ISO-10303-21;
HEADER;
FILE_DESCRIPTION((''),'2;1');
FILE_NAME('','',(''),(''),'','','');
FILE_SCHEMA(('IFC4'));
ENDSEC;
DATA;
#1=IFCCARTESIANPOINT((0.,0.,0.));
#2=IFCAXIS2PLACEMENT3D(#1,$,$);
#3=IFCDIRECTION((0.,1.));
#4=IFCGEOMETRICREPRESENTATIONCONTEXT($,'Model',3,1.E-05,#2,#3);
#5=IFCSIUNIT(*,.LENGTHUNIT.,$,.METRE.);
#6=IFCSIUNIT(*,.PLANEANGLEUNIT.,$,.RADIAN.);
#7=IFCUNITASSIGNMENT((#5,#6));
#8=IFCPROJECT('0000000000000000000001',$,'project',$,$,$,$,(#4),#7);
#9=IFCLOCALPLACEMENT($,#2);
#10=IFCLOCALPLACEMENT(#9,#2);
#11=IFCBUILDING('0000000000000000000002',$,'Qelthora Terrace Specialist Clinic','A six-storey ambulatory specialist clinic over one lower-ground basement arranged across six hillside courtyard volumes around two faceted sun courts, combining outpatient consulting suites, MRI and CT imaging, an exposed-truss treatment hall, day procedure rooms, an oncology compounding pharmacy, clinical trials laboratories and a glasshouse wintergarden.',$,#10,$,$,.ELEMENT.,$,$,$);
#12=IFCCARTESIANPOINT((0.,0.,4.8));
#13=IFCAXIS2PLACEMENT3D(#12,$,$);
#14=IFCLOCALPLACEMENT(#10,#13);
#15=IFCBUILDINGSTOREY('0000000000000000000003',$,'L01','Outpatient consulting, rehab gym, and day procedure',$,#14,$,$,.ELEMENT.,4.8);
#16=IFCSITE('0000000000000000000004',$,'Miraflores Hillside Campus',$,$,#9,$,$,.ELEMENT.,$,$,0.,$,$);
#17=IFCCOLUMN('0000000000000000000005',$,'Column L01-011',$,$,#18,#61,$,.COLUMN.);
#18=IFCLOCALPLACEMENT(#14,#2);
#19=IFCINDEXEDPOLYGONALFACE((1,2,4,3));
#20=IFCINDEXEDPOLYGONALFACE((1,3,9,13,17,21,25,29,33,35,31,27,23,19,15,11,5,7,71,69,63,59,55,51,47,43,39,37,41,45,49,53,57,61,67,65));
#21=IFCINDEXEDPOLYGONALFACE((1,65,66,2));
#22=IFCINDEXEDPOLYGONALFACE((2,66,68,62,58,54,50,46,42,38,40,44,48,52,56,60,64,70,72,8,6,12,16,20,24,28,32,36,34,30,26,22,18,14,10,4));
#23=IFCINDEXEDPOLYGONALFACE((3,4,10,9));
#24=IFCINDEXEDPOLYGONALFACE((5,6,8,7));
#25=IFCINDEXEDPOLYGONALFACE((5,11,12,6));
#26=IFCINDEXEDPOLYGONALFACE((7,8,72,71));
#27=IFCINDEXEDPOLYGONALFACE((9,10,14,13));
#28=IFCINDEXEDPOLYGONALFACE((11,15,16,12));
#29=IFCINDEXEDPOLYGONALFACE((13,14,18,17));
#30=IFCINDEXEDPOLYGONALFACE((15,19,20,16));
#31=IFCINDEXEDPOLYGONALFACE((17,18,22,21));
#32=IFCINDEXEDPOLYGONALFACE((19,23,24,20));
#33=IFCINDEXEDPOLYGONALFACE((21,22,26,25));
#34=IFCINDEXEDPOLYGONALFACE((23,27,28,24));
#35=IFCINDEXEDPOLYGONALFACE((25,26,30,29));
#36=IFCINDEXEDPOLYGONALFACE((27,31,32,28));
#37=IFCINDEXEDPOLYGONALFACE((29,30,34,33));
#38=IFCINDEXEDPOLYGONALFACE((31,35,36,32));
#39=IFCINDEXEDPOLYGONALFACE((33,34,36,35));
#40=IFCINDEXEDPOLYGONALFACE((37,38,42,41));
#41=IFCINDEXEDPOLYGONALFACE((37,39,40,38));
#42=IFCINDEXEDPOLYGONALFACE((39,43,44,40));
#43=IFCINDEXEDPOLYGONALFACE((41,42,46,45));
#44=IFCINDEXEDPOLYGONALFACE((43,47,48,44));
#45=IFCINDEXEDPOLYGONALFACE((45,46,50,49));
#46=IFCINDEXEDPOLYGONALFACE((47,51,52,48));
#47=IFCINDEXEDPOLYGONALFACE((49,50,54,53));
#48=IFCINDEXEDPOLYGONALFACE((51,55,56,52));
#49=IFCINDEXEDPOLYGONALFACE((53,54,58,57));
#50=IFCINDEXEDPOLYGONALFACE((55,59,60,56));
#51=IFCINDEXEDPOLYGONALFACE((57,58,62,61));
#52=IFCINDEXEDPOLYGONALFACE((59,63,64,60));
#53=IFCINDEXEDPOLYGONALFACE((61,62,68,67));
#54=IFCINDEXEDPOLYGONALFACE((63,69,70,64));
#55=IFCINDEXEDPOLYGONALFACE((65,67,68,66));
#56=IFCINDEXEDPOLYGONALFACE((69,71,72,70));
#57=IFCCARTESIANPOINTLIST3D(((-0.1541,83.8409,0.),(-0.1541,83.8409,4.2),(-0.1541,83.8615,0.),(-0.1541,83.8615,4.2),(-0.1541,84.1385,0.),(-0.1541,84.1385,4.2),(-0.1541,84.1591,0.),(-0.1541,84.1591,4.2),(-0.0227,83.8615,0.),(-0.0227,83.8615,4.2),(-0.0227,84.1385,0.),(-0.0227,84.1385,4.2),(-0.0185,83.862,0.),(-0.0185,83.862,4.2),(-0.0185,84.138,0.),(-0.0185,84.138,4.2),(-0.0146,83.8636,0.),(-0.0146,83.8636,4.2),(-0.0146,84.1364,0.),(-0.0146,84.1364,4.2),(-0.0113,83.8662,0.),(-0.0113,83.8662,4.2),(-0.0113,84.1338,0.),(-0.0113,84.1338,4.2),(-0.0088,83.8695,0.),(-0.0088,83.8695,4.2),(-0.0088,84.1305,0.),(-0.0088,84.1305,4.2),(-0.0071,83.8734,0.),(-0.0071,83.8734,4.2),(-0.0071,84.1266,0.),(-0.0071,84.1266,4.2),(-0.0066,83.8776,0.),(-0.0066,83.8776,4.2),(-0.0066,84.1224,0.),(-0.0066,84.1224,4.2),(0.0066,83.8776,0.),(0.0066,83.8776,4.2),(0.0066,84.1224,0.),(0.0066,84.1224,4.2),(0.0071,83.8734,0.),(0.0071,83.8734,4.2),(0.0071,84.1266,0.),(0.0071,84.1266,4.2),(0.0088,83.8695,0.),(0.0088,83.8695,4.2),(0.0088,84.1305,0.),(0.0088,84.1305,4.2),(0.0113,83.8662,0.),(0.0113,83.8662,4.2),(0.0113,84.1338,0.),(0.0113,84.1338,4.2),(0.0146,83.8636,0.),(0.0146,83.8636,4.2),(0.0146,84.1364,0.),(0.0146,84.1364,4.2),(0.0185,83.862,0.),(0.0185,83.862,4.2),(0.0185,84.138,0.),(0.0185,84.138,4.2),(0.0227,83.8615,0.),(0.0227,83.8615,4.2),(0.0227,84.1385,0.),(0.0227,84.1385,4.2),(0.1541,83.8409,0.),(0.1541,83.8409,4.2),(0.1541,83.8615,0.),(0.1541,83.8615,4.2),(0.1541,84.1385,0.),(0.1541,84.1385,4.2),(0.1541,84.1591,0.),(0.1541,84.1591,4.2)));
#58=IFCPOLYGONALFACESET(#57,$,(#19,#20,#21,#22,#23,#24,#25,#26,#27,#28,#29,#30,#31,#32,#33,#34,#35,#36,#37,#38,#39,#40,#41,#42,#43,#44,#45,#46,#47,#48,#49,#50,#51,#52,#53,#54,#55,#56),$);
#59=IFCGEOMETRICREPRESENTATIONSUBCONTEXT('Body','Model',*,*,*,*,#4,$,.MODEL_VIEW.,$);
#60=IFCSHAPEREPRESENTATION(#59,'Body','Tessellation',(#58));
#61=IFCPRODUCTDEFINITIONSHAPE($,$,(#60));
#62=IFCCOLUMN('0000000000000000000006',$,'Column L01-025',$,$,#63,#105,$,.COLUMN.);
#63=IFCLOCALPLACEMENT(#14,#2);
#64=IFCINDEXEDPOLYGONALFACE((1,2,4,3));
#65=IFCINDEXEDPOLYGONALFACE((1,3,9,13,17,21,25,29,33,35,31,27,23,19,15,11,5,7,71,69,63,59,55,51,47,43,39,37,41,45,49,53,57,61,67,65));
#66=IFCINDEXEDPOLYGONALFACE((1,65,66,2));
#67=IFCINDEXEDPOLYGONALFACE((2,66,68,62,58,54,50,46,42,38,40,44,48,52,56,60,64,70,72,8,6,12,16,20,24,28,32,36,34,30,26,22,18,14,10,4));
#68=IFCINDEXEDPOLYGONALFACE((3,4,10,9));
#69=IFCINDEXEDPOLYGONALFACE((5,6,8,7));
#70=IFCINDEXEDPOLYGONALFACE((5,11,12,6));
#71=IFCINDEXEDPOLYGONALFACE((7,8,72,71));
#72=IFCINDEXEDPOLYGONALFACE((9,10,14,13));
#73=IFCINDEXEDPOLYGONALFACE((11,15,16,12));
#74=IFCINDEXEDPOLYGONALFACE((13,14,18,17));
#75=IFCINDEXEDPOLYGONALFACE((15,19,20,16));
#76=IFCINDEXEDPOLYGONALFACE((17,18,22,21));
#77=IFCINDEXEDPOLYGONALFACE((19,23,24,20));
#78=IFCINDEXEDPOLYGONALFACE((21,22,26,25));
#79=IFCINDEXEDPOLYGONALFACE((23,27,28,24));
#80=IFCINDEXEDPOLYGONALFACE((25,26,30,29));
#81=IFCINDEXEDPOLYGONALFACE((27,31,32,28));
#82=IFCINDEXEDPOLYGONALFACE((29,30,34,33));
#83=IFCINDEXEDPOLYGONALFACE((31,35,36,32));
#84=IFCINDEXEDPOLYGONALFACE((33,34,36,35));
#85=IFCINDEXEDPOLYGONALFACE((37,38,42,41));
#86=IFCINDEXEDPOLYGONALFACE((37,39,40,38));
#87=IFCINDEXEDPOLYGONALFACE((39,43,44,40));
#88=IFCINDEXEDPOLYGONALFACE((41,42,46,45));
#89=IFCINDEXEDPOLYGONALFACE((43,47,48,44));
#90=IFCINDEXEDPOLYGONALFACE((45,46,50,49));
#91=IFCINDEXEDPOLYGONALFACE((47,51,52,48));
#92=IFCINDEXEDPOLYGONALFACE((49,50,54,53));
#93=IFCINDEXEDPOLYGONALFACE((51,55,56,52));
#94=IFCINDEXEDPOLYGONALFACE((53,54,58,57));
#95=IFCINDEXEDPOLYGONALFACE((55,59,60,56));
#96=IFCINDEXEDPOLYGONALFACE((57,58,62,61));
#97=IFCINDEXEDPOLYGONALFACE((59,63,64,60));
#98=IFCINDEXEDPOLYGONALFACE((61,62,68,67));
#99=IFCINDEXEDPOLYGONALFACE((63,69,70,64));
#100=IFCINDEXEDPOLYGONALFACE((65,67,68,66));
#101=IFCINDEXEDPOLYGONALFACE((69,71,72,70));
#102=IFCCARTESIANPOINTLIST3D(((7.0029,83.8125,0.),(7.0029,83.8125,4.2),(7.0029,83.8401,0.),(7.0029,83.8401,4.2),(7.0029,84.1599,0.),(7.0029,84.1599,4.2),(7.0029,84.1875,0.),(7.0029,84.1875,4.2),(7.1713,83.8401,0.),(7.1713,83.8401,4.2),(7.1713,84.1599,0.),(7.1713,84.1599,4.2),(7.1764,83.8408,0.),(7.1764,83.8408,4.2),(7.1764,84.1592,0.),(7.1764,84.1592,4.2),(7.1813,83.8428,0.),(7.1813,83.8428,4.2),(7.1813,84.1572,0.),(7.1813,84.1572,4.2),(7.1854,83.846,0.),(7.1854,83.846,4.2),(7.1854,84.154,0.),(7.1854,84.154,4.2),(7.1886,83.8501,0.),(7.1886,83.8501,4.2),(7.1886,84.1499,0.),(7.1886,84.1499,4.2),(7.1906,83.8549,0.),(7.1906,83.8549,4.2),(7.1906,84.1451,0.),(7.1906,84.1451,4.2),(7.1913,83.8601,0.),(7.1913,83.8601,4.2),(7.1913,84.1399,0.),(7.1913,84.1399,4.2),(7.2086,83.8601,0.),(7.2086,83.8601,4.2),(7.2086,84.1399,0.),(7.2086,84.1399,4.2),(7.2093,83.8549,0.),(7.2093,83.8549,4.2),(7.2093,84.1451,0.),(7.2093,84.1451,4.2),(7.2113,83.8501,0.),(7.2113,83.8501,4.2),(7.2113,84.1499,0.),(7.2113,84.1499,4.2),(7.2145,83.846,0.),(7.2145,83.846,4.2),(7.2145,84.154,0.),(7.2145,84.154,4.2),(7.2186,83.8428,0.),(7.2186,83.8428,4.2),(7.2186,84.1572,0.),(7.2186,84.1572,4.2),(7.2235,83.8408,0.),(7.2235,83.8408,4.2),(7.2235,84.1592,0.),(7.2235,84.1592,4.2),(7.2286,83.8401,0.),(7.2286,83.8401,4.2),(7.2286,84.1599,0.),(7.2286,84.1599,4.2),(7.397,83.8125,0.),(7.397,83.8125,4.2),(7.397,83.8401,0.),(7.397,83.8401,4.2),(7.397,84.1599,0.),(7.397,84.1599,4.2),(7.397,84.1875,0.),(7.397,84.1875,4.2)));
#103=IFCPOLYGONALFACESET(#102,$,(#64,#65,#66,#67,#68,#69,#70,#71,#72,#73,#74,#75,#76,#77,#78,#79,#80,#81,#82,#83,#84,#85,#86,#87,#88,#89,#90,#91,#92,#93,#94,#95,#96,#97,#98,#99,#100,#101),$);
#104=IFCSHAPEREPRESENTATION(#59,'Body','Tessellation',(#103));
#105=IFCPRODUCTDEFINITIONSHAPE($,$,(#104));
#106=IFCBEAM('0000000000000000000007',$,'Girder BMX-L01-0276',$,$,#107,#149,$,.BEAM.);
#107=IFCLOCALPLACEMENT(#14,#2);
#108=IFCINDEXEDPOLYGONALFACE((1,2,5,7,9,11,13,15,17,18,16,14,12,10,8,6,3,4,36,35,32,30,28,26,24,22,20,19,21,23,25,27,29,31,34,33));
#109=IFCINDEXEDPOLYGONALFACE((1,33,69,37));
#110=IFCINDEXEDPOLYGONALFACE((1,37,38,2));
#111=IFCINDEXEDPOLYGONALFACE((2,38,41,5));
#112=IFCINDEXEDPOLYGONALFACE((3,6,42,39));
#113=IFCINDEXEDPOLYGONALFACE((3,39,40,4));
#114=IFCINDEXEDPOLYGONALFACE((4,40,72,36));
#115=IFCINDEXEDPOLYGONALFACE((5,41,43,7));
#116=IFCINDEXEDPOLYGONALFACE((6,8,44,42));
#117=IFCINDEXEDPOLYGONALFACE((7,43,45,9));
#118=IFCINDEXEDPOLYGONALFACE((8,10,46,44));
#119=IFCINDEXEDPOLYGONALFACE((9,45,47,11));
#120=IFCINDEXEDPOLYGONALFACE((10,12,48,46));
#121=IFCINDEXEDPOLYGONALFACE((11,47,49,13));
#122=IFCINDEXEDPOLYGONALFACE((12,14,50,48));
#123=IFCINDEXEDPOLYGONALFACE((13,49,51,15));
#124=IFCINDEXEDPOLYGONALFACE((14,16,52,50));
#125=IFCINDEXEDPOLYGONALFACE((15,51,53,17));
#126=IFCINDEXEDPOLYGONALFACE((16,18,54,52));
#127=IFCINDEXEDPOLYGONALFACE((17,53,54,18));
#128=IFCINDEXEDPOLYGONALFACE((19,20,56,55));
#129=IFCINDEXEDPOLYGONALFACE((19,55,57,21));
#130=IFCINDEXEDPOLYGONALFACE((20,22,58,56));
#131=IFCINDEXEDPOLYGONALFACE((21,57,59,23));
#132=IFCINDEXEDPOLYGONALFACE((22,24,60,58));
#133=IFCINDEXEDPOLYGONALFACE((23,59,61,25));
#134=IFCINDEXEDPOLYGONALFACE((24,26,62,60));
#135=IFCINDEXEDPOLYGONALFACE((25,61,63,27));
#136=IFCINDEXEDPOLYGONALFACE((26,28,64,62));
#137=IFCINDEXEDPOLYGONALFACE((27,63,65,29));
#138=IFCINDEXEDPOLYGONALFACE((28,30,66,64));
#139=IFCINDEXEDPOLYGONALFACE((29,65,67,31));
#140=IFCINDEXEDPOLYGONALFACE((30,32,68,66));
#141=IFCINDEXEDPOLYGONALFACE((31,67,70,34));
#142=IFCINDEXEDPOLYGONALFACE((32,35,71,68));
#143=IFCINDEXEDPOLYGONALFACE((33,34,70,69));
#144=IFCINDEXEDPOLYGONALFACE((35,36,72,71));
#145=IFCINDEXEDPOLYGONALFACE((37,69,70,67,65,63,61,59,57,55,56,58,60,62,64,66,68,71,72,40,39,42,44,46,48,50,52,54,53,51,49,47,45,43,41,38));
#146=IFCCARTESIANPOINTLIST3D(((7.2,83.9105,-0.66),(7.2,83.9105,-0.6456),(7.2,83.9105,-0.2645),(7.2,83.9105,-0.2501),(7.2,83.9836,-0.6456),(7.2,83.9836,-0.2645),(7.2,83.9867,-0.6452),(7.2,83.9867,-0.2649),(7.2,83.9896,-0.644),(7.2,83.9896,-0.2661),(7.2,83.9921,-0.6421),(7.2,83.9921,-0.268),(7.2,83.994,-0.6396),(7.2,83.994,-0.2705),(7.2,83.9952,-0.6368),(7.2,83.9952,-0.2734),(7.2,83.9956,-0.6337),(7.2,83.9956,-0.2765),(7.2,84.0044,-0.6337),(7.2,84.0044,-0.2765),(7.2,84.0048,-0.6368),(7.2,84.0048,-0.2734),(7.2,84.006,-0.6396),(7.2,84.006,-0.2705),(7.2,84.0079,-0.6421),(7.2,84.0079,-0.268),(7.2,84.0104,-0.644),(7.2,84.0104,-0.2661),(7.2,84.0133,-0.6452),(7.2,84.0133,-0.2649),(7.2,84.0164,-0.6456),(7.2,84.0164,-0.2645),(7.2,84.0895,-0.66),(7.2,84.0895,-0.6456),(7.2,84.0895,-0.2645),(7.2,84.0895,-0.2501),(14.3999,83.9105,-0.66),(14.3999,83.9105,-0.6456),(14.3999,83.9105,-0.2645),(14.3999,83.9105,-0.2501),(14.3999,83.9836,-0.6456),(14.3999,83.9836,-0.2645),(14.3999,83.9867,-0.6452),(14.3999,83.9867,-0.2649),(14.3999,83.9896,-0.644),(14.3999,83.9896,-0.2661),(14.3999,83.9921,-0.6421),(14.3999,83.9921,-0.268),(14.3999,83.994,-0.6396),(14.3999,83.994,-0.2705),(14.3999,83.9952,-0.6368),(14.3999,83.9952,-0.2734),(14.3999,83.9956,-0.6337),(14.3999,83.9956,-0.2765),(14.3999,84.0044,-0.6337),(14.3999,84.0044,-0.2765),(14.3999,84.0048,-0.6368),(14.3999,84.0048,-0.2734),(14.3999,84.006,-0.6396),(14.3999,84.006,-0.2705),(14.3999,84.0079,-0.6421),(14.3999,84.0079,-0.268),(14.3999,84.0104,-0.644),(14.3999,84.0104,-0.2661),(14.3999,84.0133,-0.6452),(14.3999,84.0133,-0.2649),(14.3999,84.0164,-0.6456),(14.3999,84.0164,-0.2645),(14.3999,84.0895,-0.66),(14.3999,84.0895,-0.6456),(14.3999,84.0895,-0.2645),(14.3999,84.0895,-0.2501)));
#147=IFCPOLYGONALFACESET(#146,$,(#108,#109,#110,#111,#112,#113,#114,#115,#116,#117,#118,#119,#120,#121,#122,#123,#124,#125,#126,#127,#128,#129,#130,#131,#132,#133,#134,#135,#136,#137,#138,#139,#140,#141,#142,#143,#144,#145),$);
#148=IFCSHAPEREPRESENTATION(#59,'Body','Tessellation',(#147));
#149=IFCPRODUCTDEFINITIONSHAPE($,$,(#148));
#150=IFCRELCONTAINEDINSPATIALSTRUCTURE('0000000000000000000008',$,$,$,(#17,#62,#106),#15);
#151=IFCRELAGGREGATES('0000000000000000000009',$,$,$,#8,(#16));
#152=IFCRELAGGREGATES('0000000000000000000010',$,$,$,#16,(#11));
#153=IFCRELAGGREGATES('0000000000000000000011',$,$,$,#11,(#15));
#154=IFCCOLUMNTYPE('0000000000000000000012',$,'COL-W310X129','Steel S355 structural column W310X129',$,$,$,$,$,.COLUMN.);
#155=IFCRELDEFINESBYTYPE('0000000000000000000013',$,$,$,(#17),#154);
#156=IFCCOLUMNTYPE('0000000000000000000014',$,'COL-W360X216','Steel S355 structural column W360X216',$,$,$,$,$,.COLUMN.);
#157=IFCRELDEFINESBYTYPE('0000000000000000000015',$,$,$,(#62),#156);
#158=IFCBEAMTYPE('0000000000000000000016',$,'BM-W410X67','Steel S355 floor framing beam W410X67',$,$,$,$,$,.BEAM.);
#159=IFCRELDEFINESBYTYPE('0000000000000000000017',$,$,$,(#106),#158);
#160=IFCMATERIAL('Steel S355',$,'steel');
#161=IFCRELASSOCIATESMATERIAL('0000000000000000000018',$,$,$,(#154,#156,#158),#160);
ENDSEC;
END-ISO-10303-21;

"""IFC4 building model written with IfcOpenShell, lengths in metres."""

from ifc_helpers import new_model, si_unit, direction, frame, origin, origin_2d, place, context, subcontext, project, spatial, i_section, extrude, material, material_profile, profile_set, type_object, element, save


model = new_model("IFC4")

# Units and contexts
model_context = context("Model", 3, precision=1e-05, world=origin(), true_north=direction((0.0, 1.0)))
body_context = subcontext(model_context, "Body", "Model", "MODEL_VIEW")
ifc_project = project(units=[si_unit("LENGTHUNIT", "METRE"), si_unit("PLANEANGLEUNIT", "RADIAN")], contexts=[model_context])

# Site, building, storey
site_placement = place(None, origin())
site = spatial("IfcSite", under=ifc_project, at=site_placement, Name="Miraflores Hillside Campus", CompositionType="ELEMENT", RefElevation=0.0)
building_placement = place(site_placement, origin())
building = spatial("IfcBuilding", under=site, at=building_placement, Name="Qelthora Terrace Specialist Clinic", Description="A six-storey ambulatory specialist clinic over one lower-ground basement arranged across six hillside courtyard volumes around two faceted sun courts, combining outpatient consulting suites, MRI and CT imaging, an exposed-truss treatment hall, day procedure rooms, an oncology compounding pharmacy, clinical trials laboratories and a glasshouse wintergarden.", CompositionType="ELEMENT")
storey_placement = place(building_placement, frame((0.0, 0.0, 4.8)))
storey = spatial("IfcBuildingStorey", under=building, at=storey_placement, Name="L01", Description="Outpatient consulting, rehab gym, and day procedure", CompositionType="ELEMENT", Elevation=4.8)

# Columns
ifc_material_1 = material(Name="Steel S355", Category="steel")
ifc_material_profile_1 = material_profile(ifc_material_1, i_section(OverallWidth=0.3081, OverallDepth=0.3181, WebThickness=0.0132, FlangeThickness=0.0205, FilletRadius=0.0161, at=origin_2d()), Name="W310X129")
ifc_profile_set_1 = profile_set([ifc_material_profile_1], Name="Steel S355")
column_type_1 = type_object("IfcColumnType", Name="COL-W310X129", Description="Steel S355 structural column W310X129", PredefinedType="COLUMN", material=ifc_profile_set_1)
column_1_placement = place(storey_placement, frame((0.0, 84.0, 0.0), z_axis=(0.0, 0.0, 1.0), x_axis=(1.0, 0.0, 0.0)))
element("IfcColumn", 1, at=column_1_placement, inside=storey, type_object=column_type_1, Name="Column L01-011", PredefinedType="COLUMN", context=body_context, shape_type="SweptSolid", body=[
    extrude(i_section(OverallWidth=0.3081, OverallDepth=0.3181, WebThickness=0.0132, FlangeThickness=0.0205, FilletRadius=0.0161, at=origin_2d()), origin(), (0.0, 0.0, 1.0), 4.2),
])
ifc_material_profile_2 = material_profile(ifc_material_1, i_section(OverallWidth=0.394, OverallDepth=0.375, WebThickness=0.0173, FlangeThickness=0.0276, FilletRadius=0.02, at=origin_2d()), Name="W360X216")
ifc_profile_set_2 = profile_set([ifc_material_profile_2], Name="Steel S355")
column_type_2 = type_object("IfcColumnType", Name="COL-W360X216", Description="Steel S355 structural column W360X216", PredefinedType="COLUMN", material=ifc_profile_set_2)
column_2_placement = place(storey_placement, frame((7.2, 84.0, 0.0), z_axis=(0.0, 0.0, 1.0), x_axis=(1.0, 0.0, 0.0)))
element("IfcColumn", 2, at=column_2_placement, inside=storey, type_object=column_type_2, Name="Column L01-025", PredefinedType="COLUMN", context=body_context, shape_type="SweptSolid", body=[
    extrude(i_section(OverallWidth=0.394, OverallDepth=0.375, WebThickness=0.0173, FlangeThickness=0.0276, FilletRadius=0.02, at=origin_2d()), origin(), (0.0, 0.0, 1.0), 4.2),
])

# Beam
ifc_material_profile_3 = material_profile(ifc_material_1, i_section(OverallWidth=0.179, OverallDepth=0.4099, WebThickness=0.0088, FlangeThickness=0.0144, FilletRadius=0.012, at=origin_2d()), Name="W410X67")
ifc_profile_set_3 = profile_set([ifc_material_profile_3], Name="Steel S355")
beam_type_1 = type_object("IfcBeamType", Name="BM-W410X67", Description="Steel S355 floor framing beam W410X67", PredefinedType="BEAM", material=ifc_profile_set_3)
beam_1_placement = place(storey_placement, frame((7.2, 84.0, -0.4551), z_axis=(1.0, 0.0, 0.0), x_axis=(0.0, 1.0, 0.0)))
element("IfcBeam", 3, at=beam_1_placement, inside=storey, type_object=beam_type_1, Name="Girder BMX-L01-0276", PredefinedType="BEAM", context=body_context, shape_type="SweptSolid", body=[
    extrude(i_section(OverallWidth=0.179, OverallDepth=0.4099, WebThickness=0.0088, FlangeThickness=0.0144, FilletRadius=0.012, at=origin_2d()), origin(), (0.0, 0.0, 1.0), 7.2),
])

save(model, "model.ifc")
